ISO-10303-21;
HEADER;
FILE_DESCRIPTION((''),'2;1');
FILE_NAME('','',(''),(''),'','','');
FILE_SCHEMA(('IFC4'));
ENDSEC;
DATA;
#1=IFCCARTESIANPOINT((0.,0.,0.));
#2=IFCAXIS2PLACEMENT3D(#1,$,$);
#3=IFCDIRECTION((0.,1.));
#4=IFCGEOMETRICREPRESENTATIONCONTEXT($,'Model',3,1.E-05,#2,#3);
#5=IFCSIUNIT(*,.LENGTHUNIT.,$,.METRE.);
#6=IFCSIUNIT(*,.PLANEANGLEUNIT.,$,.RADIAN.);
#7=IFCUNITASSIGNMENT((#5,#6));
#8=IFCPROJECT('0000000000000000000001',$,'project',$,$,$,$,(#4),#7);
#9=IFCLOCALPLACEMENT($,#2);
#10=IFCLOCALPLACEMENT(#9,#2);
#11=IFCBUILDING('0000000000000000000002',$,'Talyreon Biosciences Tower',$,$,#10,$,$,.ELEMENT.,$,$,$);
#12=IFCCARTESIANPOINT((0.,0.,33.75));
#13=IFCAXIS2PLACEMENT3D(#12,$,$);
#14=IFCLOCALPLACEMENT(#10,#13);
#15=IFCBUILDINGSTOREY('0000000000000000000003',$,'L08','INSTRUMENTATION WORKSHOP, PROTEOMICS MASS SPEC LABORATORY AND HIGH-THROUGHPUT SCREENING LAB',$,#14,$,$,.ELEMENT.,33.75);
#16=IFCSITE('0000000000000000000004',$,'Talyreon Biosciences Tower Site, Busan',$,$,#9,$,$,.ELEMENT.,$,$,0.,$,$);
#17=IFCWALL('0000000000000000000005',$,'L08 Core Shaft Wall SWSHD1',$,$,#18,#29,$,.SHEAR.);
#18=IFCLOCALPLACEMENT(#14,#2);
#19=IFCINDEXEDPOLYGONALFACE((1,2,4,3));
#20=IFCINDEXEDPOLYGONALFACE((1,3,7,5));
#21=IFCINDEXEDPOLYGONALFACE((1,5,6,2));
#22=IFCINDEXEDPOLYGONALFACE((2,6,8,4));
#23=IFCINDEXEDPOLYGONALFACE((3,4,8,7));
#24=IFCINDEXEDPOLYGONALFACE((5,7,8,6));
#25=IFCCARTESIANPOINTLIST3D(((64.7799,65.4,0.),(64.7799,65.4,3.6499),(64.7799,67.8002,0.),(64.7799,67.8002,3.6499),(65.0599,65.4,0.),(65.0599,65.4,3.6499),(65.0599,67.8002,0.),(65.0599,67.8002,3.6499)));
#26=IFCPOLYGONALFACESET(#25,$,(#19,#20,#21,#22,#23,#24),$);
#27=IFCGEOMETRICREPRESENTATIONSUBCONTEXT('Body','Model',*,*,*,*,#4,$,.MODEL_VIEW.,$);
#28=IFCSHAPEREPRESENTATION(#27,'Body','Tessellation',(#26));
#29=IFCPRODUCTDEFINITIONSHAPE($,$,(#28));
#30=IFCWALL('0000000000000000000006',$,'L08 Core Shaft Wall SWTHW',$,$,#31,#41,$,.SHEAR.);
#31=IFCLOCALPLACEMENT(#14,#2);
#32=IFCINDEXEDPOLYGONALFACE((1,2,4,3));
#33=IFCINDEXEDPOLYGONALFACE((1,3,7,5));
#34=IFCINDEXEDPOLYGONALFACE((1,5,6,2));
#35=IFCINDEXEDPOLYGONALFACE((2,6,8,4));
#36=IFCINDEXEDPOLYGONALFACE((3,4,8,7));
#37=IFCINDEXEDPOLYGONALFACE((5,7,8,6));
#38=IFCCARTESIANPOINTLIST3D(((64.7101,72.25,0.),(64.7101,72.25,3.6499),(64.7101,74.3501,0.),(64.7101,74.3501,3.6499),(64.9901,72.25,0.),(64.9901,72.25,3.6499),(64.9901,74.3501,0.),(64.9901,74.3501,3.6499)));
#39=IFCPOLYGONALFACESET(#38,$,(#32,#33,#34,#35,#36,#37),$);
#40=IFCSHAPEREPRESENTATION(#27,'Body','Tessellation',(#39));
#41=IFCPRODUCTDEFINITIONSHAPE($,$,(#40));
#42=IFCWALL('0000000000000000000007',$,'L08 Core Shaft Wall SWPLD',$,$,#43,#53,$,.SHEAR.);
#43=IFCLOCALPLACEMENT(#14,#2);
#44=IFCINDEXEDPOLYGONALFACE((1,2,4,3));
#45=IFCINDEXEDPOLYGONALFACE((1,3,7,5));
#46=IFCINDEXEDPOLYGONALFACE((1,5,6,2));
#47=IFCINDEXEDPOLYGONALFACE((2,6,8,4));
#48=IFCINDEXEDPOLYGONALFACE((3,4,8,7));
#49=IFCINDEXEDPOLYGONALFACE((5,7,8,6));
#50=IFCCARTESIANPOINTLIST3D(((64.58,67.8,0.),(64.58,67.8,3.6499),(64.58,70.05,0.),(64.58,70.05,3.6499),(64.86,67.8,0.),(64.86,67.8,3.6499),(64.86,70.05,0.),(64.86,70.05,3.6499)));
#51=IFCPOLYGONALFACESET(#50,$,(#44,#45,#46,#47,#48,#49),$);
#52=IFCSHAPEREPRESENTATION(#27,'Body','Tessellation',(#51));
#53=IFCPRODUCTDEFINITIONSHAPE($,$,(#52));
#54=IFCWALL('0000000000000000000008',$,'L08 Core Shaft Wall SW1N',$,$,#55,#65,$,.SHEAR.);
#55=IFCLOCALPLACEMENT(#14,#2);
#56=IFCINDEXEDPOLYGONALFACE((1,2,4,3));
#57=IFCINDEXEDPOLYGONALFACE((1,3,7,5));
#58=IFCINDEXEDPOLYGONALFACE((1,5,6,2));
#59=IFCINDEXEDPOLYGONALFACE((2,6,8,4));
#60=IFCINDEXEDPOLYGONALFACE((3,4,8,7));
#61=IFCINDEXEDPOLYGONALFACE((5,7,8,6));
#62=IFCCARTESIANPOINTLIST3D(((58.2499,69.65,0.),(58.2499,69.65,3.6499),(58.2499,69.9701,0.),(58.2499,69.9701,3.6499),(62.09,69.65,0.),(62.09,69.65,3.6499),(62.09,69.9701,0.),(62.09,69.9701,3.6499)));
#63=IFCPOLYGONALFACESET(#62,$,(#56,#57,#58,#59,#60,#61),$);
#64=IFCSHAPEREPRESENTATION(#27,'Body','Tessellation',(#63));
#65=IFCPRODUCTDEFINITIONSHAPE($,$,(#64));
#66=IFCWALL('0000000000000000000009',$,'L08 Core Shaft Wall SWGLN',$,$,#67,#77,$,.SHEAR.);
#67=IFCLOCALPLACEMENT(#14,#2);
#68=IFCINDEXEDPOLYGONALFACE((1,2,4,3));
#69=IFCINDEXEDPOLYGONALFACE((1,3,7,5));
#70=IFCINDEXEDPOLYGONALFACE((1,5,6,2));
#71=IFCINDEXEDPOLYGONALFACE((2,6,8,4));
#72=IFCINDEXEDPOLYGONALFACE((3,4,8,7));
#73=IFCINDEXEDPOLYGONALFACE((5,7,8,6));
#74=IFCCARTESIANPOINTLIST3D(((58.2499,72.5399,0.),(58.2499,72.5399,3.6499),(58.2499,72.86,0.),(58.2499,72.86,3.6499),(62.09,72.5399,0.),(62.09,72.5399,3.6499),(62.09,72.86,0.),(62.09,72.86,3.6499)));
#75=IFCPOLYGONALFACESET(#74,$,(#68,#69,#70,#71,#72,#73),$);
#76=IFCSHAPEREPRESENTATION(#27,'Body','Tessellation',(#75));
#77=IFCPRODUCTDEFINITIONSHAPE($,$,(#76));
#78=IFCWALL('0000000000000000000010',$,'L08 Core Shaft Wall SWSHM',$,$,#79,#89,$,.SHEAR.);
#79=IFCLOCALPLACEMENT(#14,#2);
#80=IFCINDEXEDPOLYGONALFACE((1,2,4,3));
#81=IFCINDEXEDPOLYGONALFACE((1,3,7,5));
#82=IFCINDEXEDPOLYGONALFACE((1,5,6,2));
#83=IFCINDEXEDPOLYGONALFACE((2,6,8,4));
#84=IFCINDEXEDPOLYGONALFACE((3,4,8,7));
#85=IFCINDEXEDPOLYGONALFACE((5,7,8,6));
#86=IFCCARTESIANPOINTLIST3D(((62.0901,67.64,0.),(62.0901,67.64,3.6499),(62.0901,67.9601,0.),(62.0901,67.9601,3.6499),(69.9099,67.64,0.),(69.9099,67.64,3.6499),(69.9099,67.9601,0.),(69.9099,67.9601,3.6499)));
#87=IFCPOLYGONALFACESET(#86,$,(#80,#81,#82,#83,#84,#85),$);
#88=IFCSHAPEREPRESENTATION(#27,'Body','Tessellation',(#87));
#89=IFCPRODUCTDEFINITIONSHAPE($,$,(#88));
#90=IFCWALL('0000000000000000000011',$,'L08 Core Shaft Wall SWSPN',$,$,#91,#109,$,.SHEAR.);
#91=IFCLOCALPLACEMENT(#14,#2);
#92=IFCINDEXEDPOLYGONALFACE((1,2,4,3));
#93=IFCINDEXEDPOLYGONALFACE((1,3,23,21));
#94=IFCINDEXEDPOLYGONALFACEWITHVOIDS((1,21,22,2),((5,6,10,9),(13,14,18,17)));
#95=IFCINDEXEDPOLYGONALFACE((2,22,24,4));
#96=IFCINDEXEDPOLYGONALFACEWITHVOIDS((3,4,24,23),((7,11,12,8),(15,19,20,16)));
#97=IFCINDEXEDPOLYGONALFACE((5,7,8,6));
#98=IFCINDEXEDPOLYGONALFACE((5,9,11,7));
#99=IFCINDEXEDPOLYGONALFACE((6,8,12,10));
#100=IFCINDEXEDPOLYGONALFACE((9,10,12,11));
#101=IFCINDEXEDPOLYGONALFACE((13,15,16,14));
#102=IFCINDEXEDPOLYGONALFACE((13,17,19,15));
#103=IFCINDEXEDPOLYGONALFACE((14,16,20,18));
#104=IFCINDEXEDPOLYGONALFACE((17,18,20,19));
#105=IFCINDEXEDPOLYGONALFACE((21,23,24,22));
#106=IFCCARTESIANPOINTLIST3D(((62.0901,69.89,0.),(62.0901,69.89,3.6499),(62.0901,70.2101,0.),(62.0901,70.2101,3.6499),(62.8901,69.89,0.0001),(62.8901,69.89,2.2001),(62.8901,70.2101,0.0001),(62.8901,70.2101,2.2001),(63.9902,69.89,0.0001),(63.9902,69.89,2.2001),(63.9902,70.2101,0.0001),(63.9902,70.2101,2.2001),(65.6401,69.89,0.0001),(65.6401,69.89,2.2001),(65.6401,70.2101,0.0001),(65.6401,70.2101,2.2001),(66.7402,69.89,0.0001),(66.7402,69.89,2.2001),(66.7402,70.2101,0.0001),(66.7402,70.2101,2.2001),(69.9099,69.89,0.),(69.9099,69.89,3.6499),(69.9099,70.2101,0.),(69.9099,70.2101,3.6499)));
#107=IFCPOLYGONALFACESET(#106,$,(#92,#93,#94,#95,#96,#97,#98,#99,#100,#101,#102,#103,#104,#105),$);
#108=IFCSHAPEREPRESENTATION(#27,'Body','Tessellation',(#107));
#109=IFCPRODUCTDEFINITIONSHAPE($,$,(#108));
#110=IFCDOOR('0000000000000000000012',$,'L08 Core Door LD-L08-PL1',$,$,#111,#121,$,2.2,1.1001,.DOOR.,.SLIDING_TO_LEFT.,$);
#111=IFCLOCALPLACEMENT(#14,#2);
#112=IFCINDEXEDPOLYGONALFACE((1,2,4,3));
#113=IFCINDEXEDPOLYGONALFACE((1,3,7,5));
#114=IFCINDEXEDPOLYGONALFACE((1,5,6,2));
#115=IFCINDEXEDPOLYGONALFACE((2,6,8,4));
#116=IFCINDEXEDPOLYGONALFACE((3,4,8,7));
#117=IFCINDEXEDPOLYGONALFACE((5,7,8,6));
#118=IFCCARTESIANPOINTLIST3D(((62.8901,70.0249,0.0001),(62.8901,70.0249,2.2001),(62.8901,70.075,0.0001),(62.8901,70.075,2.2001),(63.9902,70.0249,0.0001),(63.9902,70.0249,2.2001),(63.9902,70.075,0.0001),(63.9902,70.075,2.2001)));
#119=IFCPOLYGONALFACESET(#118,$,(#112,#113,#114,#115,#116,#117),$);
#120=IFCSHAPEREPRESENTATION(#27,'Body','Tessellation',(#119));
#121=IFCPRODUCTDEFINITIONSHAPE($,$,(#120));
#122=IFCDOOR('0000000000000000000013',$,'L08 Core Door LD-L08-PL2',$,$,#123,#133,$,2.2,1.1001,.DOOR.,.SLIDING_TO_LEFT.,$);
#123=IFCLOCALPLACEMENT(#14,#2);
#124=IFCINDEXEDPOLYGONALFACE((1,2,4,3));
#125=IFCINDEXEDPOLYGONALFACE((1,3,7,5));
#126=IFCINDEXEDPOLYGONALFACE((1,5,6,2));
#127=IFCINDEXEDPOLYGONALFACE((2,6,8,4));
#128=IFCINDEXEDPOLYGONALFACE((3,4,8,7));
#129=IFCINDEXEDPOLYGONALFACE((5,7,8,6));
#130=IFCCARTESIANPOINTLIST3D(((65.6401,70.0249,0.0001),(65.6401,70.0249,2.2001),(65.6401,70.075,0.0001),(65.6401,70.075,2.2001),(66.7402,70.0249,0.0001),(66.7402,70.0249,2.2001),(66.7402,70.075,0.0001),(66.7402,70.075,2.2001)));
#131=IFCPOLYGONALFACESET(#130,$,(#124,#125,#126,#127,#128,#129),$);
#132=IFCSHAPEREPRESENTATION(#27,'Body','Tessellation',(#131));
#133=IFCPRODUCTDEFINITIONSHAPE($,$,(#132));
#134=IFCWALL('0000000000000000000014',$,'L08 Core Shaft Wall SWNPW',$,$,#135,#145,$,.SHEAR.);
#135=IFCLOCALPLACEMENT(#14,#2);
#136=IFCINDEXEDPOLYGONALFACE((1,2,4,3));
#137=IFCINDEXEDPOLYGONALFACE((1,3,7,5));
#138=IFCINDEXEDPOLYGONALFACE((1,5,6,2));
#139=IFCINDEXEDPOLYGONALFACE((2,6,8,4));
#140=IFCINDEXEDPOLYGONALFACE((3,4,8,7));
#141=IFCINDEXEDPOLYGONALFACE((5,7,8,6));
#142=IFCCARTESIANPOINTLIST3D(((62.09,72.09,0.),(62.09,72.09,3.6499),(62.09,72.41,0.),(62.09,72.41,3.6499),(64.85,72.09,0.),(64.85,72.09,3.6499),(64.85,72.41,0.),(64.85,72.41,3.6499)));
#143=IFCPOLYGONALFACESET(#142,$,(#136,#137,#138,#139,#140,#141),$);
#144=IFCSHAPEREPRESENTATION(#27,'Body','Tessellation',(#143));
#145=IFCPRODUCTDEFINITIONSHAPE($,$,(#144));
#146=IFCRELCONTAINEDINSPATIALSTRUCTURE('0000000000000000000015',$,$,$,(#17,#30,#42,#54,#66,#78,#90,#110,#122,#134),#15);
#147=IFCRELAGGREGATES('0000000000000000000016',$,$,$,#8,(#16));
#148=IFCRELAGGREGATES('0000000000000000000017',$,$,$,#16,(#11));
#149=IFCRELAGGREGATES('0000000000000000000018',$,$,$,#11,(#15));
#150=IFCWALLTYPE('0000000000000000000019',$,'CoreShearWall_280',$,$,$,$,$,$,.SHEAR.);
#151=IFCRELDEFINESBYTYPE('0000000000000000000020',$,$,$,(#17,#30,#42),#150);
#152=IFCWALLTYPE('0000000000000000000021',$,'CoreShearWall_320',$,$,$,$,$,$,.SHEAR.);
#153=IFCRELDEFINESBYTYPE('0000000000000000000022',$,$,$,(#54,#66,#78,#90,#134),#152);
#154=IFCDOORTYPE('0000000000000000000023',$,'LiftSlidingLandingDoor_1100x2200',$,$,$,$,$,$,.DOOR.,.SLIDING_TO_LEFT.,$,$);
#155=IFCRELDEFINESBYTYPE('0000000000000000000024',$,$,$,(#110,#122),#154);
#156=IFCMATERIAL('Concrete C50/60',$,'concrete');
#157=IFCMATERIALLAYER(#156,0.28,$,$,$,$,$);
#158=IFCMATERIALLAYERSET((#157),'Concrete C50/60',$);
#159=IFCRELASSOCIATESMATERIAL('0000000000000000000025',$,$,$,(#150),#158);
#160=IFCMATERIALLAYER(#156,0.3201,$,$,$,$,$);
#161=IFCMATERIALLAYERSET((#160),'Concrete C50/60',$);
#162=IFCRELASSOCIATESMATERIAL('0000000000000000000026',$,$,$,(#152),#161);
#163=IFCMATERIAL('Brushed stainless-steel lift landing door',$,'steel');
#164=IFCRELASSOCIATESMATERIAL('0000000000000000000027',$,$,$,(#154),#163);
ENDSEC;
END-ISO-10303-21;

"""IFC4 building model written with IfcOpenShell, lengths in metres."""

from ifc_helpers import new_model, si_unit, direction, frame, frame_2d, origin, place, context, subcontext, project, spatial, rectangle, extrude, material, layer, layer_set, type_object, element, fill, save


model = new_model("IFC4")

# Units and contexts
model_context = context("Model", 3, precision=1e-05, world=origin(), true_north=direction((0.0, 1.0)))
body_context = subcontext(model_context, "Body", "Model", "MODEL_VIEW")
ifc_project = project(units=[si_unit("LENGTHUNIT", "METRE"), si_unit("PLANEANGLEUNIT", "RADIAN")], contexts=[model_context])

# Site, building, storey
site_placement = place(None, origin())
site = spatial("IfcSite", under=ifc_project, at=site_placement, Name="Talyreon Biosciences Tower Site, Busan", CompositionType="ELEMENT", RefElevation=0.0)
building_placement = place(site_placement, origin())
building = spatial("IfcBuilding", under=site, at=building_placement, Name="Talyreon Biosciences Tower", CompositionType="ELEMENT")
storey_placement = place(building_placement, frame((0.0, 0.0, 33.75)))
storey = spatial("IfcBuildingStorey", under=building, at=storey_placement, Name="L08", Description="INSTRUMENTATION WORKSHOP, PROTEOMICS MASS SPEC LABORATORY AND HIGH-THROUGHPUT SCREENING LAB", CompositionType="ELEMENT", Elevation=33.75)

# Walls
ifc_material_1 = material(Name="Concrete C50/60", Category="concrete")
ifc_layer_1 = layer(ifc_material_1, 0.28)
ifc_layer_set_1 = layer_set([ifc_layer_1], Name="Concrete C50/60")
wall_type_1 = type_object("IfcWallType", Name="CoreShearWall_280", PredefinedType="SHEAR", material=ifc_layer_set_1)
wall_1_placement = place(storey_placement, frame((64.9199, 65.3999, 0.0), z_axis=(0.0, 0.0, 1.0), x_axis=(0.0, 1.0, 0.0)))
element("IfcWall", 1, at=wall_1_placement, inside=storey, type_object=wall_type_1, Name="L08 Core Shaft Wall SWSHD1", PredefinedType="SHEAR", context=body_context, shape_type="SweptSolid", body=[
    extrude(rectangle(XDim=2.4001, YDim=0.28, at=frame_2d((1.2002, 0.0))), origin(), (0.0, 0.0, 1.0), 3.6499),
])
wall_2_placement = place(storey_placement, frame((64.8501, 72.25, 0.0), z_axis=(0.0, 0.0, 1.0), x_axis=(0.0, 1.0, 0.0)))
element("IfcWall", 2, at=wall_2_placement, inside=storey, type_object=wall_type_1, Name="L08 Core Shaft Wall SWTHW", PredefinedType="SHEAR", context=body_context, shape_type="SweptSolid", body=[
    extrude(rectangle(XDim=2.1001, YDim=0.28, at=frame_2d((1.05, 0.0))), origin(), (0.0, 0.0, 1.0), 3.6499),
])
wall_3_placement = place(storey_placement, frame((64.72, 67.8, 0.0), z_axis=(0.0, 0.0, 1.0), x_axis=(0.0, 1.0, 0.0)))
element("IfcWall", 3, at=wall_3_placement, inside=storey, type_object=wall_type_1, Name="L08 Core Shaft Wall SWPLD", PredefinedType="SHEAR", context=body_context, shape_type="SweptSolid", body=[
    extrude(rectangle(XDim=2.25, YDim=0.28, at=frame_2d((1.125, 0.0))), origin(), (0.0, 0.0, 1.0), 3.6499),
])
ifc_layer_2 = layer(ifc_material_1, 0.3201)
ifc_layer_set_2 = layer_set([ifc_layer_2], Name="Concrete C50/60")
wall_type_2 = type_object("IfcWallType", Name="CoreShearWall_320", PredefinedType="SHEAR", material=ifc_layer_set_2)
for number, where, z_axis, x_axis, name in (
    (4, (58.25, 69.8101, 0.0), (0.0, 0.0, 1.0), (1.0, 0.0, 0.0), "L08 Core Shaft Wall SW1N"),
    (5, (58.25, 72.7, 0.0), (0.0, 0.0, 1.0), (1.0, 0.0, 0.0), "L08 Core Shaft Wall SWGLN"),
):
    element("IfcWall", number, at=place(storey_placement, frame(where, z_axis=z_axis, x_axis=x_axis)), inside=storey, type_object=wall_type_2, Name=name, PredefinedType="SHEAR", context=body_context, shape_type="SweptSolid", body=[
        extrude(rectangle(XDim=3.8401, YDim=0.3201, at=frame_2d((1.9199, 0.0))), origin(), (0.0, 0.0, 1.0), 3.6499),
    ])
wall_4_placement = place(storey_placement, frame((62.0901, 67.8, 0.0), z_axis=(0.0, 0.0, 1.0), x_axis=(1.0, 0.0, 0.0)))
element("IfcWall", 6, at=wall_4_placement, inside=storey, type_object=wall_type_2, Name="L08 Core Shaft Wall SWSHM", PredefinedType="SHEAR", context=body_context, shape_type="SweptSolid", body=[
    extrude(rectangle(XDim=7.8198, YDim=0.3201, at=frame_2d((3.9099, 0.0))), origin(), (0.0, 0.0, 1.0), 3.6499),
])

# Wall, openings, doors
wall_5_placement = place(storey_placement, frame((62.0901, 70.05, 0.0), z_axis=(0.0, 0.0, 1.0), x_axis=(1.0, 0.0, 0.0)))
wall_5 = element("IfcWall", 7, at=wall_5_placement, inside=storey, type_object=wall_type_2, Name="L08 Core Shaft Wall SWSPN", PredefinedType="SHEAR", context=body_context, shape_type="SweptSolid", body=[
    extrude(rectangle(XDim=7.8198, YDim=0.3201, at=frame_2d((3.9099, 0.0))), origin(), (0.0, 0.0, 1.0), 3.6499),
])
opening_1_placement = place(wall_5_placement, frame((0.8, 0.0, 0.0)))
opening_1 = element("IfcOpeningElement", 8, at=opening_1_placement, cuts=wall_5, PredefinedType="OPENING", context=body_context, shape_type="SweptSolid", body=[
    extrude(rectangle(XDim=1.1001, YDim=2.2, at=frame_2d((0.55, 1.1001))), frame((0.0, 0.1699, 0.0), z_axis=(0.0, -1.0, 0.0), x_axis=(1.0, 0.0, 0.0)), (0.0, 0.0, 1.0), 0.3401),
])
opening_2_placement = place(wall_5_placement, frame((3.55, 0.0, 0.0)))
opening_2 = element("IfcOpeningElement", 9, at=opening_2_placement, cuts=wall_5, PredefinedType="OPENING", context=body_context, shape_type="SweptSolid", body=[
    extrude(rectangle(XDim=1.1001, YDim=2.2, at=frame_2d((0.55, 1.1001))), frame((0.0, 0.1699, 0.0), z_axis=(0.0, -1.0, 0.0), x_axis=(1.0, 0.0, 0.0)), (0.0, 0.0, 1.0), 0.3401),
])
ifc_material_2 = material(Name="Brushed stainless-steel lift landing door", Category="steel")
door_type = type_object("IfcDoorType", Name="LiftSlidingLandingDoor_1100x2200", OperationType="SLIDING_TO_LEFT", PredefinedType="DOOR", material=ifc_material_2)
door_1_placement = place(opening_1_placement, origin())
door_1 = element("IfcDoor", 10, at=door_1_placement, inside=storey, type_object=door_type, Name="L08 Core Door LD-L08-PL1", OperationType="SLIDING_TO_LEFT", OverallHeight=2.2, OverallWidth=1.1001, PredefinedType="DOOR", context=body_context, shape_type="SweptSolid", body=[
    extrude(rectangle(XDim=1.1001, YDim=2.2, at=frame_2d((0.55, 1.1001))), frame((0.0, 0.0249, 0.0), z_axis=(0.0, -1.0, 0.0), x_axis=(1.0, 0.0, 0.0)), (0.0, 0.0, 1.0), 0.05),
])
fill(opening_1, door_1)
door_2_placement = place(opening_2_placement, origin())
door_2 = element("IfcDoor", 11, at=door_2_placement, inside=storey, type_object=door_type, Name="L08 Core Door LD-L08-PL2", OperationType="SLIDING_TO_LEFT", OverallHeight=2.2, OverallWidth=1.1001, PredefinedType="DOOR", context=body_context, shape_type="SweptSolid", body=[
    extrude(rectangle(XDim=1.1001, YDim=2.2, at=frame_2d((0.55, 1.1001))), frame((0.0, 0.0249, 0.0), z_axis=(0.0, -1.0, 0.0), x_axis=(1.0, 0.0, 0.0)), (0.0, 0.0, 1.0), 0.05),
])
fill(opening_2, door_2)

# Wall
wall_6_placement = place(storey_placement, frame((62.0901, 72.25, 0.0), z_axis=(0.0, 0.0, 1.0), x_axis=(1.0, 0.0, 0.0)))
element("IfcWall", 12, at=wall_6_placement, inside=storey, type_object=wall_type_2, Name="L08 Core Shaft Wall SWNPW", PredefinedType="SHEAR", context=body_context, shape_type="SweptSolid", body=[
    extrude(rectangle(XDim=2.76, YDim=0.3201, at=frame_2d((1.3799, 0.0))), origin(), (0.0, 0.0, 1.0), 3.6499),
])

save(model, "model.ifc")
